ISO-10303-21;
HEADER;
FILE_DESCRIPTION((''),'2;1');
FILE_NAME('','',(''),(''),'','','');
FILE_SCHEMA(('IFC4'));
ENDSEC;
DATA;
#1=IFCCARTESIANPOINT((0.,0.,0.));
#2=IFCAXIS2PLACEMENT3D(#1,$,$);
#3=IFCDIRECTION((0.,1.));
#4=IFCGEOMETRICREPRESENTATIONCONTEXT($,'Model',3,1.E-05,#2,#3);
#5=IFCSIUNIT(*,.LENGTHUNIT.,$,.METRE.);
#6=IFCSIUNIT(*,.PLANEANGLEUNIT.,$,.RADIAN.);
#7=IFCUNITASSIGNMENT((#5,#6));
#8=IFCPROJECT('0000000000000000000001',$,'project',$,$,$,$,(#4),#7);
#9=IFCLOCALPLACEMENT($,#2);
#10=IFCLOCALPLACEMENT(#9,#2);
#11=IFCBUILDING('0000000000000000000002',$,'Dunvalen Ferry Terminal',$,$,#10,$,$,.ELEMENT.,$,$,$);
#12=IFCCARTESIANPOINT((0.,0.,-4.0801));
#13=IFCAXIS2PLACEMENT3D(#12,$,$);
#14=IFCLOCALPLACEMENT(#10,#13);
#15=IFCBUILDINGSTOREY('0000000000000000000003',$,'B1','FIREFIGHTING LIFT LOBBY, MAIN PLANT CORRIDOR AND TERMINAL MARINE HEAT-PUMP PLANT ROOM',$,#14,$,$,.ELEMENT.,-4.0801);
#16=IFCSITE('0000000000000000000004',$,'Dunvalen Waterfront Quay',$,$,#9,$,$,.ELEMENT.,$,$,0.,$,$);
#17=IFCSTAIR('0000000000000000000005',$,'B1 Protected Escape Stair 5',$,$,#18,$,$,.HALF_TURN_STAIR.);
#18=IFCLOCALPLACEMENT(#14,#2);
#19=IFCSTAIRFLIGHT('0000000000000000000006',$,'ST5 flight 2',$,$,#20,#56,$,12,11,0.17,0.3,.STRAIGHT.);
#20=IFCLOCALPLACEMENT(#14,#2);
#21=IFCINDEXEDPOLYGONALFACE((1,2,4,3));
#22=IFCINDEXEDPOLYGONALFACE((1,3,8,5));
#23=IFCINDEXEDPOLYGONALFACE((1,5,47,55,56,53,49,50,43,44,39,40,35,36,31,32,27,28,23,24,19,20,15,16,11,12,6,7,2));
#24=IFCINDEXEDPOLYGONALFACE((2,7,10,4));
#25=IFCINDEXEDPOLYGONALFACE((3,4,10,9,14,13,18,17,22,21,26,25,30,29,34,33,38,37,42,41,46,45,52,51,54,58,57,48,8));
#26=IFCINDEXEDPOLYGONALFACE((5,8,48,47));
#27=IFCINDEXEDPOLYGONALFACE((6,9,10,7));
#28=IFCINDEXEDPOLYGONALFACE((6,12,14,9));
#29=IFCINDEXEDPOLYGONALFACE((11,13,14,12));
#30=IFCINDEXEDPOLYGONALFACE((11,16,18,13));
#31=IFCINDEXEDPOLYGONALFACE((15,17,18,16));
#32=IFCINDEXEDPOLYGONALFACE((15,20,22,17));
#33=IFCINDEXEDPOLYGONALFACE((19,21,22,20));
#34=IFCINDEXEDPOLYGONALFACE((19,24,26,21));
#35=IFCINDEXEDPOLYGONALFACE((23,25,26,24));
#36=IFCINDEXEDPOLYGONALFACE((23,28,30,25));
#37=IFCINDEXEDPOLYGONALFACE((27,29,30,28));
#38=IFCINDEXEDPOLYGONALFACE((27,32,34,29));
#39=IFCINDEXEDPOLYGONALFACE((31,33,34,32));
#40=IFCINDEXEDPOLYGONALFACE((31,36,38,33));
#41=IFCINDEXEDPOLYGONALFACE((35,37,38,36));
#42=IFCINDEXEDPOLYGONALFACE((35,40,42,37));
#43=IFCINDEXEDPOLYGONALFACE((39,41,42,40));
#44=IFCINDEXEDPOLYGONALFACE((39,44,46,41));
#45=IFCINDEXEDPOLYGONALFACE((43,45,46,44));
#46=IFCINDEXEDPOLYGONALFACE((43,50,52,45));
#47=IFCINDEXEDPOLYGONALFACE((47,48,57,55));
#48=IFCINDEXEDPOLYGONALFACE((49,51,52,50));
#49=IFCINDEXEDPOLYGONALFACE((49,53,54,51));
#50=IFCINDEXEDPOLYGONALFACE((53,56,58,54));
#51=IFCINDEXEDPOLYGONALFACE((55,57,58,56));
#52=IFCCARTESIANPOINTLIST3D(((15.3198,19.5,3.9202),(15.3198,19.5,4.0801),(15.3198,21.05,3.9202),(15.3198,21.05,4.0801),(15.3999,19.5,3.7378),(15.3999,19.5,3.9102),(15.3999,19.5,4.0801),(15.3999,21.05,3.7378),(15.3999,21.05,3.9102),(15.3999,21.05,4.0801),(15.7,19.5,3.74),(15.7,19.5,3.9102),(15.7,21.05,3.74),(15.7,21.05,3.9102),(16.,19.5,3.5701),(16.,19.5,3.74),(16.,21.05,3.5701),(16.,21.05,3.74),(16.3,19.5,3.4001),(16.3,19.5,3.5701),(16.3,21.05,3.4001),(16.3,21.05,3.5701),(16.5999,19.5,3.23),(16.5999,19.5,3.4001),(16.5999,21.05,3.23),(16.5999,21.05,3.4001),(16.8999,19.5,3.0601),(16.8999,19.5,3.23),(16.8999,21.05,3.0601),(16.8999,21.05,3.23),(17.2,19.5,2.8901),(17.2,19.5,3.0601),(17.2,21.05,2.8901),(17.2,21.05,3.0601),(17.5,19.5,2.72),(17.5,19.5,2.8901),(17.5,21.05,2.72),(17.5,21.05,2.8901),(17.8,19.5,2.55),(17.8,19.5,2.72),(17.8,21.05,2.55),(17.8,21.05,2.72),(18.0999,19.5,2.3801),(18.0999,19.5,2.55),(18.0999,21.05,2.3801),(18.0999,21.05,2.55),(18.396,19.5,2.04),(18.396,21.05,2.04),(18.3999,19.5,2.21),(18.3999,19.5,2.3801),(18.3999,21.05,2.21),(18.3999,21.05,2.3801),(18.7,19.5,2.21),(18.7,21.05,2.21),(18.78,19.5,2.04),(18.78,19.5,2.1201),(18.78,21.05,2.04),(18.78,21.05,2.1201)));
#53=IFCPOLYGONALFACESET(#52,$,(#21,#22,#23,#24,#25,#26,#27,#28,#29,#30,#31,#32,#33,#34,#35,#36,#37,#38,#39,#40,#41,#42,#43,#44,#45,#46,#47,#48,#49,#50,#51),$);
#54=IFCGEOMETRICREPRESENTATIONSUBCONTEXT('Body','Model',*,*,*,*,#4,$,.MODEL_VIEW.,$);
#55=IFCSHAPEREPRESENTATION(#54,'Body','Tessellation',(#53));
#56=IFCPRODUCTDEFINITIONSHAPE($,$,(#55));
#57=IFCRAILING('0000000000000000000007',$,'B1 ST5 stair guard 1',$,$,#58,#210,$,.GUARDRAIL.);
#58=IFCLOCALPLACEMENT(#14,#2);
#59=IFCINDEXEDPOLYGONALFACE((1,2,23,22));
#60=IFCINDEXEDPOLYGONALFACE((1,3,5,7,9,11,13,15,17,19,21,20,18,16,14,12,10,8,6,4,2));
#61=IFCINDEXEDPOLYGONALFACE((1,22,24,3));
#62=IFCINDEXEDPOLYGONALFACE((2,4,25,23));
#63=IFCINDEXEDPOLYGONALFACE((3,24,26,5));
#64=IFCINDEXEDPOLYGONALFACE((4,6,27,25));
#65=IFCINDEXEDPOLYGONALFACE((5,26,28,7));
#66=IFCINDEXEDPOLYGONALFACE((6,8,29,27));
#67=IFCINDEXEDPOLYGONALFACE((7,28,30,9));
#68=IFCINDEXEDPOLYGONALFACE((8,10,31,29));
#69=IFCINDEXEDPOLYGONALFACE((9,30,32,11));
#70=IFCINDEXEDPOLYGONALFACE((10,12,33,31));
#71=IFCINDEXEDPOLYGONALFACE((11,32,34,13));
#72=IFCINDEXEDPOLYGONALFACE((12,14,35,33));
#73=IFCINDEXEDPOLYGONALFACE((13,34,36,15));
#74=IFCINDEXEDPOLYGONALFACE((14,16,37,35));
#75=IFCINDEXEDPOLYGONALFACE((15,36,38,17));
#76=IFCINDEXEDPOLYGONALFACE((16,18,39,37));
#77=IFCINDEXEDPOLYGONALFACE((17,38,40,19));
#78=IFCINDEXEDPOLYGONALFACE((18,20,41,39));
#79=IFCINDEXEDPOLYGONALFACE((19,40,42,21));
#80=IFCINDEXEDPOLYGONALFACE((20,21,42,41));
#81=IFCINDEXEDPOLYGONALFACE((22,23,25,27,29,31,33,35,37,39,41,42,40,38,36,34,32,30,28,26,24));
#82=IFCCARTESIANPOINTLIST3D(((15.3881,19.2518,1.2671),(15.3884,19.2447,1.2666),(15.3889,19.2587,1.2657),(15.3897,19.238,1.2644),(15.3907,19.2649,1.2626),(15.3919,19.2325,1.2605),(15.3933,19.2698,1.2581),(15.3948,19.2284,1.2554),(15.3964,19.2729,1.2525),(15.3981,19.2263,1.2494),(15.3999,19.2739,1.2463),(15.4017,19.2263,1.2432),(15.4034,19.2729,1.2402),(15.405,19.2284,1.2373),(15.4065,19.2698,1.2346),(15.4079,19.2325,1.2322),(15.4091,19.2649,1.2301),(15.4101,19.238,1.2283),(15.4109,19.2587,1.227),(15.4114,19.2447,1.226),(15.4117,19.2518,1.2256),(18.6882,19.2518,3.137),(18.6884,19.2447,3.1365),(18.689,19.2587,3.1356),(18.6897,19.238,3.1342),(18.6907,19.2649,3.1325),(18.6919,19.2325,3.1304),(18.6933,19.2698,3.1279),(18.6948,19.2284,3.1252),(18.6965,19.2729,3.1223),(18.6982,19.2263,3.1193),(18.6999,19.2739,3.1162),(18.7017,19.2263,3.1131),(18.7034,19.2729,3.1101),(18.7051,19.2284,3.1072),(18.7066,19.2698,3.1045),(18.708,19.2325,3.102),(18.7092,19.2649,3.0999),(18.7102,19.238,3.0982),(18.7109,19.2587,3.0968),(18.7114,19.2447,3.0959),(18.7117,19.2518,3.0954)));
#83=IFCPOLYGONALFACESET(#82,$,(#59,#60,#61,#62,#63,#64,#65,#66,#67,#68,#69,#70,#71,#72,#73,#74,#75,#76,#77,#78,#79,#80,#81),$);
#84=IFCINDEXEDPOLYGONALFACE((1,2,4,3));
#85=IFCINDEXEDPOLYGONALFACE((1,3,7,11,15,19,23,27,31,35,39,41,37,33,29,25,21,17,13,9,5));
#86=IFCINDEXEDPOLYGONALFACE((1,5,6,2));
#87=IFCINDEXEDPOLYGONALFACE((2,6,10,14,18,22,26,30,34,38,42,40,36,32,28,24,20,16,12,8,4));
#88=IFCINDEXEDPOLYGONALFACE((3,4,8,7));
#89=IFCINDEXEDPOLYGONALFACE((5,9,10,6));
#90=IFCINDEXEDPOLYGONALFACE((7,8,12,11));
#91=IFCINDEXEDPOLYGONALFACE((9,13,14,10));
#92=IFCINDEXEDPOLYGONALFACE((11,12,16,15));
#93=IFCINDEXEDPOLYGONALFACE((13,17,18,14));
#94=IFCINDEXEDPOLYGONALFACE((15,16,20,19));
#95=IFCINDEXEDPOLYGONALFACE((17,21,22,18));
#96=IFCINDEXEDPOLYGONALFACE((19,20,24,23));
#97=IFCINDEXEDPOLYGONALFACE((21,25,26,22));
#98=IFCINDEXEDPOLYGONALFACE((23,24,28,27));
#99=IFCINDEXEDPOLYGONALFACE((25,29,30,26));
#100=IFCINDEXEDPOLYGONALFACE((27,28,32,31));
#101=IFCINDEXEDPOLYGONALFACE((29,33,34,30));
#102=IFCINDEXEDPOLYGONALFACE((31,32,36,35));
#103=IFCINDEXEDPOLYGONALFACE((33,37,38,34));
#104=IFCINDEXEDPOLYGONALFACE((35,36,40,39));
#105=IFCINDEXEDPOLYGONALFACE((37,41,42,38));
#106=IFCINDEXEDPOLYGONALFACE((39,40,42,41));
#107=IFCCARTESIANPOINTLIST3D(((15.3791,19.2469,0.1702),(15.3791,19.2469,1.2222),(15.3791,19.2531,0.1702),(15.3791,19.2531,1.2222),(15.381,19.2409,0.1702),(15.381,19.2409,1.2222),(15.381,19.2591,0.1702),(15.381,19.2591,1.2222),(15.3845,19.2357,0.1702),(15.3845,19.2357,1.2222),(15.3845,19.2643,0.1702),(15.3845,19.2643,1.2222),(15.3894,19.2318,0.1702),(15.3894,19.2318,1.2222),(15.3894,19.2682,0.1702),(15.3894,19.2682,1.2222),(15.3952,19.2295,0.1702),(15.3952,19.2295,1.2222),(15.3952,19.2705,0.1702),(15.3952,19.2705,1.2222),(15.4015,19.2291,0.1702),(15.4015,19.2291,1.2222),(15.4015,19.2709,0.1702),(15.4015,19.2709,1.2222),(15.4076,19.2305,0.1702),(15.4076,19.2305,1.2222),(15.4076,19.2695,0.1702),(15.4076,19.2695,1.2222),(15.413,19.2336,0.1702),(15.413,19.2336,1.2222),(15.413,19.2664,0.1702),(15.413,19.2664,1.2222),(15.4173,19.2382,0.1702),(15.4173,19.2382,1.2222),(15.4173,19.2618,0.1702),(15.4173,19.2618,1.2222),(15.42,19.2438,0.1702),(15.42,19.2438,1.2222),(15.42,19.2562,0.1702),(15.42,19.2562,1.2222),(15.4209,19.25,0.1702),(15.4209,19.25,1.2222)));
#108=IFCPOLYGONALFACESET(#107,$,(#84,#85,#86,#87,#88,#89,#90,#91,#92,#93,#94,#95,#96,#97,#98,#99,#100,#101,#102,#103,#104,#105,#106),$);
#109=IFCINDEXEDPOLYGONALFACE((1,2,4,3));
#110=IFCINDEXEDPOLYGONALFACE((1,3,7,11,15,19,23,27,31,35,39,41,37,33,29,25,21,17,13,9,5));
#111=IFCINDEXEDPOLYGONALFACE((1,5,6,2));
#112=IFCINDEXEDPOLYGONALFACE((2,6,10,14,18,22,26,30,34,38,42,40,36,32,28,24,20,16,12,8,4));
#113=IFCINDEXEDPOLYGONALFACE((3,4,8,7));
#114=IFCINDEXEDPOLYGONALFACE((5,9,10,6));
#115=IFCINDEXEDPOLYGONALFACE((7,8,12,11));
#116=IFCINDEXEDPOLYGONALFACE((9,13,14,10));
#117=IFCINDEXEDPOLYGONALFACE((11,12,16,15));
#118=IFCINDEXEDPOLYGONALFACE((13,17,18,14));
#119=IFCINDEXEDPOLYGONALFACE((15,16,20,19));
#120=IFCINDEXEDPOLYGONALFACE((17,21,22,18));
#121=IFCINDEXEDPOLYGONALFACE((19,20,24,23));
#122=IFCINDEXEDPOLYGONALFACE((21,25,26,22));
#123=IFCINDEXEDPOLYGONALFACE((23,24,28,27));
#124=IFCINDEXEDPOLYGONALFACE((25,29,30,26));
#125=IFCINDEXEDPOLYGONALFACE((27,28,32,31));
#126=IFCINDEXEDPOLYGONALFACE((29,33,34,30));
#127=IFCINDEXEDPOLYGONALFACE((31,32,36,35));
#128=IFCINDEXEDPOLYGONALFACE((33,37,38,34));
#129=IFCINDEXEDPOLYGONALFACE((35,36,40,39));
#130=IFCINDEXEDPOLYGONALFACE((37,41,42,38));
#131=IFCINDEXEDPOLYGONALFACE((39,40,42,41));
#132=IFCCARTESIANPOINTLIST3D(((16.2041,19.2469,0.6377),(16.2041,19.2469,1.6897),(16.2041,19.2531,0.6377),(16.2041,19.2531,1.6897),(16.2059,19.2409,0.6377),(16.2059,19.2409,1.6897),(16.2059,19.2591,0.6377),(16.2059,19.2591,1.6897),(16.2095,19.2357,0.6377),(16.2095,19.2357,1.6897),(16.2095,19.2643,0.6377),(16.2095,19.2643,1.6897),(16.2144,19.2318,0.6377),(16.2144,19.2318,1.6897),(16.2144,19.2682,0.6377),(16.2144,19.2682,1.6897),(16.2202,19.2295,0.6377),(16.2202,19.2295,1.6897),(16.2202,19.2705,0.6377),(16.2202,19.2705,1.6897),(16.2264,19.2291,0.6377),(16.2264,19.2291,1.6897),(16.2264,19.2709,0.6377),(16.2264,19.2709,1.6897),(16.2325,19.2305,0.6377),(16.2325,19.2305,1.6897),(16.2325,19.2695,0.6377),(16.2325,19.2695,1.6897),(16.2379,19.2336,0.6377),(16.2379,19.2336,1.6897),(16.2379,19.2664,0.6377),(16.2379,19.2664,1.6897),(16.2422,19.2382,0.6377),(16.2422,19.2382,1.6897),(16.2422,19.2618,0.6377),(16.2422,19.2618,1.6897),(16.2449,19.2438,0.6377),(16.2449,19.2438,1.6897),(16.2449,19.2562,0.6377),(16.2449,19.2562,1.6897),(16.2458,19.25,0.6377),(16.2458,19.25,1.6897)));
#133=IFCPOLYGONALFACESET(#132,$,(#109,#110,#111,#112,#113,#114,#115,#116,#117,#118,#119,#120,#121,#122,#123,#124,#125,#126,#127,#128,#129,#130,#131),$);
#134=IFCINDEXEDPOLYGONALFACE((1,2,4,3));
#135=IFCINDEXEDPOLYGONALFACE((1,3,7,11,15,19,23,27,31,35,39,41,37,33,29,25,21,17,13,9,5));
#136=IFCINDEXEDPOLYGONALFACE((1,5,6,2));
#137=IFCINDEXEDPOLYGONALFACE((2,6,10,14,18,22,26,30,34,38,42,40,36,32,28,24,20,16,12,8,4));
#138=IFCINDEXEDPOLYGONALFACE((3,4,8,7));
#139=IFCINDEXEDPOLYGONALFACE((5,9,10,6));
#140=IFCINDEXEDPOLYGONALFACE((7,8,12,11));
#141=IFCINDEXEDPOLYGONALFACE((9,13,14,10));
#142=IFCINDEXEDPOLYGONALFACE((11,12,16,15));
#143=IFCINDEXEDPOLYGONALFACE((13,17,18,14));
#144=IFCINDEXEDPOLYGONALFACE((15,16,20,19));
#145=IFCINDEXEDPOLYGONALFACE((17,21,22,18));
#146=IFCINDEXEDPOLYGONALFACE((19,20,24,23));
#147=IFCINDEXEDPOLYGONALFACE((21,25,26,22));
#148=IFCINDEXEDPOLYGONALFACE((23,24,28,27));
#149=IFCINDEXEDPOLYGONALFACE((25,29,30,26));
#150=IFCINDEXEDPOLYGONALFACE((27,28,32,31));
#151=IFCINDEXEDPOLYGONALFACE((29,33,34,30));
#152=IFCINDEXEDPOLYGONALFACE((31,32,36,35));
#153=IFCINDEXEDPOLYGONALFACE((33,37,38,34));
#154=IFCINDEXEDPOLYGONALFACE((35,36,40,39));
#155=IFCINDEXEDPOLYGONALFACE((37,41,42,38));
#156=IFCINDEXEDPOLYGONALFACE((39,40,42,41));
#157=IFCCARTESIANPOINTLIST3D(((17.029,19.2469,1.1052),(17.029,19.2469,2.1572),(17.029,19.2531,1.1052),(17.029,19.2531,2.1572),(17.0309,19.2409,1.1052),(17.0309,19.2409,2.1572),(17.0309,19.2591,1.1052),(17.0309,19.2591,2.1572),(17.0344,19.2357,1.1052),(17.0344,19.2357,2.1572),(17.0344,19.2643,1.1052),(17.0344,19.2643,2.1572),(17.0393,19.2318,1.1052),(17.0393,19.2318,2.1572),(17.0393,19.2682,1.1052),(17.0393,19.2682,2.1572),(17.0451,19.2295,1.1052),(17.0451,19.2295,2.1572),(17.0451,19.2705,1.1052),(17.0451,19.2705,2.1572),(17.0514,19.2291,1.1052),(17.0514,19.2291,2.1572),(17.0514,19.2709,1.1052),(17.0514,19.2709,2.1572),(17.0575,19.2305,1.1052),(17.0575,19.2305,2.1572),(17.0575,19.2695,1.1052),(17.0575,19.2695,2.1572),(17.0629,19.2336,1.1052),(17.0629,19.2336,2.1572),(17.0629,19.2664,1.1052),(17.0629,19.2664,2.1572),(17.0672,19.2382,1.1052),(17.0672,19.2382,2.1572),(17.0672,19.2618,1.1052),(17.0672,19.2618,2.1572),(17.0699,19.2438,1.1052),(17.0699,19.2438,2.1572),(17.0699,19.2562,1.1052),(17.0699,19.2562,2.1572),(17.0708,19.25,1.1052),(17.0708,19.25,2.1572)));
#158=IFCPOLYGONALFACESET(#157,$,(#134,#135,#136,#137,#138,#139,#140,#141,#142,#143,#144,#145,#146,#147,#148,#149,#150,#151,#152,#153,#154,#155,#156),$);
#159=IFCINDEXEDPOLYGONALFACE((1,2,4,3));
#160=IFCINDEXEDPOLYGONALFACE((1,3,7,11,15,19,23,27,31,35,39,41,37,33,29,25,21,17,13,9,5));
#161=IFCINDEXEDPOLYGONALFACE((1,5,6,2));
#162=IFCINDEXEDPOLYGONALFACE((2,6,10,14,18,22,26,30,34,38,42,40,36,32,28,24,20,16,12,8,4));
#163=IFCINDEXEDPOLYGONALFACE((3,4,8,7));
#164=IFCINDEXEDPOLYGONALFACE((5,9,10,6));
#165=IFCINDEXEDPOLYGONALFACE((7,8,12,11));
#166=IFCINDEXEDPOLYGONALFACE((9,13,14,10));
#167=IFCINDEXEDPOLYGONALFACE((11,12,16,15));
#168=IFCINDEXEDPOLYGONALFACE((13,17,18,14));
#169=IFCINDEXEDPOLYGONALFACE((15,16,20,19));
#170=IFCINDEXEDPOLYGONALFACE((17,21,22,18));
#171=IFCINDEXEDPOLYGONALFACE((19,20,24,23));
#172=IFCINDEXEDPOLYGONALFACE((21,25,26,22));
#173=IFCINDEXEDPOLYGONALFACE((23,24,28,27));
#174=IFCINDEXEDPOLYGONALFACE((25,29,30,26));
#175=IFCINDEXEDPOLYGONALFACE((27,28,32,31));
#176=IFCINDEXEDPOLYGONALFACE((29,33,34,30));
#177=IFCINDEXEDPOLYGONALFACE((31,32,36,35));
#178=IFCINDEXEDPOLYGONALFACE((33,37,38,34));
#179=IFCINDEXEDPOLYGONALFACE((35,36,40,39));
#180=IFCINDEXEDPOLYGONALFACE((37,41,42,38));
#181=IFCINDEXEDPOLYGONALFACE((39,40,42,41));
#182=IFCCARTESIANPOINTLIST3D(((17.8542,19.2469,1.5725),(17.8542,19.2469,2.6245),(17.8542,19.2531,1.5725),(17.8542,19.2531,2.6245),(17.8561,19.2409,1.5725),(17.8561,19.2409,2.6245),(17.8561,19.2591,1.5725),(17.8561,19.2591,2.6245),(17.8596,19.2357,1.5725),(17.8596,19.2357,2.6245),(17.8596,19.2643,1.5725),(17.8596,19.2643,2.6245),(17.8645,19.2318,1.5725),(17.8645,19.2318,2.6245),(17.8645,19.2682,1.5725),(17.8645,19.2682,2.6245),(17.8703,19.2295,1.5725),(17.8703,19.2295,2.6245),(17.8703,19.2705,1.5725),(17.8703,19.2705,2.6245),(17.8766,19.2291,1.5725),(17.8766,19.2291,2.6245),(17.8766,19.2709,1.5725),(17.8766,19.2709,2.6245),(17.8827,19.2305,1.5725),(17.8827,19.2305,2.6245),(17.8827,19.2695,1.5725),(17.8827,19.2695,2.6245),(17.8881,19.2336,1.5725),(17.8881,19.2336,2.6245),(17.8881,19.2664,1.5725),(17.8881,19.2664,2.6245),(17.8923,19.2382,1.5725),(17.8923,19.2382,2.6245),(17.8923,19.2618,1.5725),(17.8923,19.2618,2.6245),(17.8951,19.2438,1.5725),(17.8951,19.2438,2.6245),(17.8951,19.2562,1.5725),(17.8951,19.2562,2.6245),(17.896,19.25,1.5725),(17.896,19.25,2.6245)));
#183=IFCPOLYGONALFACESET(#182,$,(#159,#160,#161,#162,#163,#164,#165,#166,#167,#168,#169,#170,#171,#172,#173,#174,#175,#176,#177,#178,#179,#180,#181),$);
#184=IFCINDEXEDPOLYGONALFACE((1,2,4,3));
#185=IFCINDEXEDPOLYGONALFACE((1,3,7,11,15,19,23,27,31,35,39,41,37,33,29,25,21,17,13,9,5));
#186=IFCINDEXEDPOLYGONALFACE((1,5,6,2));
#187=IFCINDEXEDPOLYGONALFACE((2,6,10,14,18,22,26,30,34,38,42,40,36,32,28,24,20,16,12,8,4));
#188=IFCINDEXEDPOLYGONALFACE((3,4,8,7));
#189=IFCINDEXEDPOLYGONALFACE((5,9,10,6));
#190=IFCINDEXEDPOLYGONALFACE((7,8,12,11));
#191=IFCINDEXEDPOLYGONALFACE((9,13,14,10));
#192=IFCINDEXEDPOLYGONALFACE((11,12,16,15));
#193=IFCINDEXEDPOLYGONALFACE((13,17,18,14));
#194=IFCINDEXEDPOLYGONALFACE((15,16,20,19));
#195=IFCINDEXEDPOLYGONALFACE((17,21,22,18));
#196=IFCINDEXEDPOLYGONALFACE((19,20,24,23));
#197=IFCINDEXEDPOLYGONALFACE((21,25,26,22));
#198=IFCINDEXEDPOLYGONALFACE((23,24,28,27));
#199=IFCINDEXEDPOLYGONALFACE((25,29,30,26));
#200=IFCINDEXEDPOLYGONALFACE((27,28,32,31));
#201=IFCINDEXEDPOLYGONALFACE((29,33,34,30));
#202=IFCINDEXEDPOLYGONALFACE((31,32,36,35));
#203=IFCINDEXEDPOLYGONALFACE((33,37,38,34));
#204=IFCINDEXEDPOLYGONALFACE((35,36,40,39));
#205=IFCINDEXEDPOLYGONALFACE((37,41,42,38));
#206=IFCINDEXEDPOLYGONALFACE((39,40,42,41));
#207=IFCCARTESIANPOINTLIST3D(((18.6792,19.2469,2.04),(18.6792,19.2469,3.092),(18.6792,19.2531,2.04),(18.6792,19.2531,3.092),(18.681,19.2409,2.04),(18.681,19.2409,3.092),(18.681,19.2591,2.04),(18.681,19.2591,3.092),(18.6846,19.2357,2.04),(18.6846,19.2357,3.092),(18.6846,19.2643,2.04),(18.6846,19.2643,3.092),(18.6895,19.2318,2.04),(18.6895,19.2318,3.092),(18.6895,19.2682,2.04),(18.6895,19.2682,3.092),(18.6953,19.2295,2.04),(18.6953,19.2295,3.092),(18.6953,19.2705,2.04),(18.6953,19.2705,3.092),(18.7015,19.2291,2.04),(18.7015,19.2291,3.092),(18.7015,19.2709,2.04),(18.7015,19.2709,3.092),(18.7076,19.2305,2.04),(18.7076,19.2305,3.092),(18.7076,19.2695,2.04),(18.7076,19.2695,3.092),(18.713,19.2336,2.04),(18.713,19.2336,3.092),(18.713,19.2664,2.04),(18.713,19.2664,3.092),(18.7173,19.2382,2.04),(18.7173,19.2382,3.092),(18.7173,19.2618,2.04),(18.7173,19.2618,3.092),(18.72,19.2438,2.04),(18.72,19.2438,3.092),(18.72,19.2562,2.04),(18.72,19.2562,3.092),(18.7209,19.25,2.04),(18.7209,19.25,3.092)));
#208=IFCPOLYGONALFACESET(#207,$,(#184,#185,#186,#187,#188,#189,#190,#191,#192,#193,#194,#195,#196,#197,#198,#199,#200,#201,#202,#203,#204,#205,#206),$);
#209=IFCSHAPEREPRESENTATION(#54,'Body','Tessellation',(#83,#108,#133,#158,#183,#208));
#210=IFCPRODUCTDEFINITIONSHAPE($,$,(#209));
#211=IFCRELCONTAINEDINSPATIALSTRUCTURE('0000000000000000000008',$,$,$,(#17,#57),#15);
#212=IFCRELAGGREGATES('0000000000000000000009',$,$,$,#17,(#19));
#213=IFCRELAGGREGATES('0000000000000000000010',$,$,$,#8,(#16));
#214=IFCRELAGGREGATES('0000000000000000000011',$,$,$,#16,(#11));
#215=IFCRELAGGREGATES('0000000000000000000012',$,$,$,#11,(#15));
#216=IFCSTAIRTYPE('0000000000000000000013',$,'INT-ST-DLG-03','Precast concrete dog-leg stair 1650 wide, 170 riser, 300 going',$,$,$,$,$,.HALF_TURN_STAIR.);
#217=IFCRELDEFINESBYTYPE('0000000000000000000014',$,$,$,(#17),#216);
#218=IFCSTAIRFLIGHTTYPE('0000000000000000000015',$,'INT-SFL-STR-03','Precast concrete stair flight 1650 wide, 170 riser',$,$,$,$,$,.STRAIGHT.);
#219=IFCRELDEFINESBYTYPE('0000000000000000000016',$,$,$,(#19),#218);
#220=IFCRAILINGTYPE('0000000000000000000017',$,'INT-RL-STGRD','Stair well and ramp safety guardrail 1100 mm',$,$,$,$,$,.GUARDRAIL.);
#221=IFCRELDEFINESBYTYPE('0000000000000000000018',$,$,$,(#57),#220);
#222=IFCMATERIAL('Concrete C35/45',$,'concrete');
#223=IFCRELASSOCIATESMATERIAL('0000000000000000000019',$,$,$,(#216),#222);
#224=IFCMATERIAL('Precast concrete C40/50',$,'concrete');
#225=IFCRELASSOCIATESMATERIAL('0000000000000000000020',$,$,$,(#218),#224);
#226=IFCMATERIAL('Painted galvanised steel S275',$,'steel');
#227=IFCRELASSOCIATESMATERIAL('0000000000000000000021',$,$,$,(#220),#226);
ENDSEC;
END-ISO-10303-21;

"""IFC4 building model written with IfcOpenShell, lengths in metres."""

from ifc_helpers import new_model, si_unit, direction, frame, origin, origin_2d, place, context, subcontext, project, spatial, polyline, circle, outline, extrude, material, type_object, element, aggregate, save


model = new_model("IFC4")

# Units and contexts
model_context = context("Model", 3, precision=1e-05, world=origin(), true_north=direction((0.0, 1.0)))
body_context = subcontext(model_context, "Body", "Model", "MODEL_VIEW")
ifc_project = project(units=[si_unit("LENGTHUNIT", "METRE"), si_unit("PLANEANGLEUNIT", "RADIAN")], contexts=[model_context])

# Site, building, storey
site_placement = place(None, origin())
site = spatial("IfcSite", under=ifc_project, at=site_placement, Name="Dunvalen Waterfront Quay", CompositionType="ELEMENT", RefElevation=0.0)
building_placement = place(site_placement, origin())
building = spatial("IfcBuilding", under=site, at=building_placement, Name="Dunvalen Ferry Terminal", CompositionType="ELEMENT")
storey_placement = place(building_placement, frame((0.0, 0.0, -4.0801)))
storey = spatial("IfcBuildingStorey", under=building, at=storey_placement, Name="B1", Description="FIREFIGHTING LIFT LOBBY, MAIN PLANT CORRIDOR AND TERMINAL MARINE HEAT-PUMP PLANT ROOM", CompositionType="ELEMENT", Elevation=-4.0801)

# Stair, stair flight
ifc_material_1 = material(Name="Concrete C35/45", Category="concrete")
stair_type = type_object("IfcStairType", Name="INT-ST-DLG-03", Description="Precast concrete dog-leg stair 1650 wide, 170 riser, 300 going", PredefinedType="HALF_TURN_STAIR", material=ifc_material_1)
stair_placement = place(storey_placement, origin())
stair = element("IfcStair", 1, at=stair_placement, inside=storey, type_object=stair_type, Name="B1 Protected Escape Stair 5", PredefinedType="HALF_TURN_STAIR")
ifc_material_2 = material(Name="Precast concrete C40/50", Category="concrete")
stair_flight_type = type_object("IfcStairFlightType", Name="INT-SFL-STR-03", Description="Precast concrete stair flight 1650 wide, 170 riser", PredefinedType="STRAIGHT", material=ifc_material_2)
stair_flight_1_placement = place(storey_placement, frame((18.7, 20.2749, 2.04), z_axis=(0.0, 0.0, 1.0), x_axis=(-1.0, 0.0, 0.0)))
stair_flight_1 = element("IfcStairFlight", 2, at=stair_flight_1_placement, type_object=stair_flight_type, Name="ST5 flight 2", NumberOfRisers=12, NumberOfTreads=11, PredefinedType="STRAIGHT", RiserHeight=0.17, TreadLength=0.3, context=body_context, shape_type="SweptSolid", body=[
    extrude(outline(polyline([(-0.0801, 0.0), (-0.0801, 0.0801), (0.0, 0.1699), (0.3, 0.1699), (0.3, 0.3401), (0.6001, 0.3401), (0.6001, 0.51), (0.8999, 0.51), (0.8999, 0.6799), (1.2, 0.6799), (1.2, 0.8501), (1.5, 0.8501), (1.5, 1.02), (1.8, 1.02), (1.8, 1.1899), (2.1001, 1.1899), (2.1001, 1.3601), (2.3999, 1.3601), (2.3999, 1.53), (2.7, 1.53), (2.7, 1.7), (3.0, 1.7), (3.0, 1.8701), (3.3, 1.8701), (3.3, 2.04), (3.3801, 2.04), (3.3801, 1.8801), (3.3, 1.6978), (0.304, 0.0), (-0.0801, 0.0)])), frame((0.0, 0.7749, 0.0), z_axis=(0.0, -1.0, 0.0), x_axis=(1.0, 0.0, 0.0)), (0.0, 0.0, 1.0), 1.55),
])
aggregate(stair, [stair_flight_1])

# Railing
ifc_material_3 = material(Name="Painted galvanised steel S275", Category="steel")
railing_type_1 = type_object("IfcRailingType", Name="INT-RL-STGRD", Description="Stair well and ramp safety guardrail 1100 mm", PredefinedType="GUARDRAIL", material=ifc_material_3)
railing_1_placement = place(storey_placement, frame((15.3999, 19.25, 0.1702)))
element("IfcRailing", 3, at=railing_1_placement, inside=storey, type_object=railing_type_1, Name="B1 ST5 stair guard 1", PredefinedType="GUARDRAIL", context=body_context, shape_type="SweptSolid", body=[
    extrude(circle(Radius=0.0239, at=origin_2d()), frame((0.0, 0.0, 1.0762), z_axis=(0.87004, 0.0, 0.492982), x_axis=(0.0, 1.0, 0.0)), (0.0, 0.0, 1.0), 3.793),
    extrude(circle(Radius=0.021, at=origin_2d()), origin(), (0.0, 0.0, 1.0), 1.052),
    extrude(circle(Radius=0.021, at=origin_2d()), frame((0.825, 0.0, 0.4675)), (0.0, 0.0, 1.0), 1.052),
    extrude(circle(Radius=0.021, at=origin_2d()), frame((1.6499, 0.0, 0.9351)), (0.0, 0.0, 1.0), 1.052),
    extrude(circle(Radius=0.021, at=origin_2d()), frame((2.4751, 0.0, 1.4023)), (0.0, 0.0, 1.0), 1.052),
    extrude(circle(Radius=0.021, at=origin_2d()), frame((3.3, 0.0, 1.8699)), (0.0, 0.0, 1.0), 1.052),
])

save(model, "model.ifc")
